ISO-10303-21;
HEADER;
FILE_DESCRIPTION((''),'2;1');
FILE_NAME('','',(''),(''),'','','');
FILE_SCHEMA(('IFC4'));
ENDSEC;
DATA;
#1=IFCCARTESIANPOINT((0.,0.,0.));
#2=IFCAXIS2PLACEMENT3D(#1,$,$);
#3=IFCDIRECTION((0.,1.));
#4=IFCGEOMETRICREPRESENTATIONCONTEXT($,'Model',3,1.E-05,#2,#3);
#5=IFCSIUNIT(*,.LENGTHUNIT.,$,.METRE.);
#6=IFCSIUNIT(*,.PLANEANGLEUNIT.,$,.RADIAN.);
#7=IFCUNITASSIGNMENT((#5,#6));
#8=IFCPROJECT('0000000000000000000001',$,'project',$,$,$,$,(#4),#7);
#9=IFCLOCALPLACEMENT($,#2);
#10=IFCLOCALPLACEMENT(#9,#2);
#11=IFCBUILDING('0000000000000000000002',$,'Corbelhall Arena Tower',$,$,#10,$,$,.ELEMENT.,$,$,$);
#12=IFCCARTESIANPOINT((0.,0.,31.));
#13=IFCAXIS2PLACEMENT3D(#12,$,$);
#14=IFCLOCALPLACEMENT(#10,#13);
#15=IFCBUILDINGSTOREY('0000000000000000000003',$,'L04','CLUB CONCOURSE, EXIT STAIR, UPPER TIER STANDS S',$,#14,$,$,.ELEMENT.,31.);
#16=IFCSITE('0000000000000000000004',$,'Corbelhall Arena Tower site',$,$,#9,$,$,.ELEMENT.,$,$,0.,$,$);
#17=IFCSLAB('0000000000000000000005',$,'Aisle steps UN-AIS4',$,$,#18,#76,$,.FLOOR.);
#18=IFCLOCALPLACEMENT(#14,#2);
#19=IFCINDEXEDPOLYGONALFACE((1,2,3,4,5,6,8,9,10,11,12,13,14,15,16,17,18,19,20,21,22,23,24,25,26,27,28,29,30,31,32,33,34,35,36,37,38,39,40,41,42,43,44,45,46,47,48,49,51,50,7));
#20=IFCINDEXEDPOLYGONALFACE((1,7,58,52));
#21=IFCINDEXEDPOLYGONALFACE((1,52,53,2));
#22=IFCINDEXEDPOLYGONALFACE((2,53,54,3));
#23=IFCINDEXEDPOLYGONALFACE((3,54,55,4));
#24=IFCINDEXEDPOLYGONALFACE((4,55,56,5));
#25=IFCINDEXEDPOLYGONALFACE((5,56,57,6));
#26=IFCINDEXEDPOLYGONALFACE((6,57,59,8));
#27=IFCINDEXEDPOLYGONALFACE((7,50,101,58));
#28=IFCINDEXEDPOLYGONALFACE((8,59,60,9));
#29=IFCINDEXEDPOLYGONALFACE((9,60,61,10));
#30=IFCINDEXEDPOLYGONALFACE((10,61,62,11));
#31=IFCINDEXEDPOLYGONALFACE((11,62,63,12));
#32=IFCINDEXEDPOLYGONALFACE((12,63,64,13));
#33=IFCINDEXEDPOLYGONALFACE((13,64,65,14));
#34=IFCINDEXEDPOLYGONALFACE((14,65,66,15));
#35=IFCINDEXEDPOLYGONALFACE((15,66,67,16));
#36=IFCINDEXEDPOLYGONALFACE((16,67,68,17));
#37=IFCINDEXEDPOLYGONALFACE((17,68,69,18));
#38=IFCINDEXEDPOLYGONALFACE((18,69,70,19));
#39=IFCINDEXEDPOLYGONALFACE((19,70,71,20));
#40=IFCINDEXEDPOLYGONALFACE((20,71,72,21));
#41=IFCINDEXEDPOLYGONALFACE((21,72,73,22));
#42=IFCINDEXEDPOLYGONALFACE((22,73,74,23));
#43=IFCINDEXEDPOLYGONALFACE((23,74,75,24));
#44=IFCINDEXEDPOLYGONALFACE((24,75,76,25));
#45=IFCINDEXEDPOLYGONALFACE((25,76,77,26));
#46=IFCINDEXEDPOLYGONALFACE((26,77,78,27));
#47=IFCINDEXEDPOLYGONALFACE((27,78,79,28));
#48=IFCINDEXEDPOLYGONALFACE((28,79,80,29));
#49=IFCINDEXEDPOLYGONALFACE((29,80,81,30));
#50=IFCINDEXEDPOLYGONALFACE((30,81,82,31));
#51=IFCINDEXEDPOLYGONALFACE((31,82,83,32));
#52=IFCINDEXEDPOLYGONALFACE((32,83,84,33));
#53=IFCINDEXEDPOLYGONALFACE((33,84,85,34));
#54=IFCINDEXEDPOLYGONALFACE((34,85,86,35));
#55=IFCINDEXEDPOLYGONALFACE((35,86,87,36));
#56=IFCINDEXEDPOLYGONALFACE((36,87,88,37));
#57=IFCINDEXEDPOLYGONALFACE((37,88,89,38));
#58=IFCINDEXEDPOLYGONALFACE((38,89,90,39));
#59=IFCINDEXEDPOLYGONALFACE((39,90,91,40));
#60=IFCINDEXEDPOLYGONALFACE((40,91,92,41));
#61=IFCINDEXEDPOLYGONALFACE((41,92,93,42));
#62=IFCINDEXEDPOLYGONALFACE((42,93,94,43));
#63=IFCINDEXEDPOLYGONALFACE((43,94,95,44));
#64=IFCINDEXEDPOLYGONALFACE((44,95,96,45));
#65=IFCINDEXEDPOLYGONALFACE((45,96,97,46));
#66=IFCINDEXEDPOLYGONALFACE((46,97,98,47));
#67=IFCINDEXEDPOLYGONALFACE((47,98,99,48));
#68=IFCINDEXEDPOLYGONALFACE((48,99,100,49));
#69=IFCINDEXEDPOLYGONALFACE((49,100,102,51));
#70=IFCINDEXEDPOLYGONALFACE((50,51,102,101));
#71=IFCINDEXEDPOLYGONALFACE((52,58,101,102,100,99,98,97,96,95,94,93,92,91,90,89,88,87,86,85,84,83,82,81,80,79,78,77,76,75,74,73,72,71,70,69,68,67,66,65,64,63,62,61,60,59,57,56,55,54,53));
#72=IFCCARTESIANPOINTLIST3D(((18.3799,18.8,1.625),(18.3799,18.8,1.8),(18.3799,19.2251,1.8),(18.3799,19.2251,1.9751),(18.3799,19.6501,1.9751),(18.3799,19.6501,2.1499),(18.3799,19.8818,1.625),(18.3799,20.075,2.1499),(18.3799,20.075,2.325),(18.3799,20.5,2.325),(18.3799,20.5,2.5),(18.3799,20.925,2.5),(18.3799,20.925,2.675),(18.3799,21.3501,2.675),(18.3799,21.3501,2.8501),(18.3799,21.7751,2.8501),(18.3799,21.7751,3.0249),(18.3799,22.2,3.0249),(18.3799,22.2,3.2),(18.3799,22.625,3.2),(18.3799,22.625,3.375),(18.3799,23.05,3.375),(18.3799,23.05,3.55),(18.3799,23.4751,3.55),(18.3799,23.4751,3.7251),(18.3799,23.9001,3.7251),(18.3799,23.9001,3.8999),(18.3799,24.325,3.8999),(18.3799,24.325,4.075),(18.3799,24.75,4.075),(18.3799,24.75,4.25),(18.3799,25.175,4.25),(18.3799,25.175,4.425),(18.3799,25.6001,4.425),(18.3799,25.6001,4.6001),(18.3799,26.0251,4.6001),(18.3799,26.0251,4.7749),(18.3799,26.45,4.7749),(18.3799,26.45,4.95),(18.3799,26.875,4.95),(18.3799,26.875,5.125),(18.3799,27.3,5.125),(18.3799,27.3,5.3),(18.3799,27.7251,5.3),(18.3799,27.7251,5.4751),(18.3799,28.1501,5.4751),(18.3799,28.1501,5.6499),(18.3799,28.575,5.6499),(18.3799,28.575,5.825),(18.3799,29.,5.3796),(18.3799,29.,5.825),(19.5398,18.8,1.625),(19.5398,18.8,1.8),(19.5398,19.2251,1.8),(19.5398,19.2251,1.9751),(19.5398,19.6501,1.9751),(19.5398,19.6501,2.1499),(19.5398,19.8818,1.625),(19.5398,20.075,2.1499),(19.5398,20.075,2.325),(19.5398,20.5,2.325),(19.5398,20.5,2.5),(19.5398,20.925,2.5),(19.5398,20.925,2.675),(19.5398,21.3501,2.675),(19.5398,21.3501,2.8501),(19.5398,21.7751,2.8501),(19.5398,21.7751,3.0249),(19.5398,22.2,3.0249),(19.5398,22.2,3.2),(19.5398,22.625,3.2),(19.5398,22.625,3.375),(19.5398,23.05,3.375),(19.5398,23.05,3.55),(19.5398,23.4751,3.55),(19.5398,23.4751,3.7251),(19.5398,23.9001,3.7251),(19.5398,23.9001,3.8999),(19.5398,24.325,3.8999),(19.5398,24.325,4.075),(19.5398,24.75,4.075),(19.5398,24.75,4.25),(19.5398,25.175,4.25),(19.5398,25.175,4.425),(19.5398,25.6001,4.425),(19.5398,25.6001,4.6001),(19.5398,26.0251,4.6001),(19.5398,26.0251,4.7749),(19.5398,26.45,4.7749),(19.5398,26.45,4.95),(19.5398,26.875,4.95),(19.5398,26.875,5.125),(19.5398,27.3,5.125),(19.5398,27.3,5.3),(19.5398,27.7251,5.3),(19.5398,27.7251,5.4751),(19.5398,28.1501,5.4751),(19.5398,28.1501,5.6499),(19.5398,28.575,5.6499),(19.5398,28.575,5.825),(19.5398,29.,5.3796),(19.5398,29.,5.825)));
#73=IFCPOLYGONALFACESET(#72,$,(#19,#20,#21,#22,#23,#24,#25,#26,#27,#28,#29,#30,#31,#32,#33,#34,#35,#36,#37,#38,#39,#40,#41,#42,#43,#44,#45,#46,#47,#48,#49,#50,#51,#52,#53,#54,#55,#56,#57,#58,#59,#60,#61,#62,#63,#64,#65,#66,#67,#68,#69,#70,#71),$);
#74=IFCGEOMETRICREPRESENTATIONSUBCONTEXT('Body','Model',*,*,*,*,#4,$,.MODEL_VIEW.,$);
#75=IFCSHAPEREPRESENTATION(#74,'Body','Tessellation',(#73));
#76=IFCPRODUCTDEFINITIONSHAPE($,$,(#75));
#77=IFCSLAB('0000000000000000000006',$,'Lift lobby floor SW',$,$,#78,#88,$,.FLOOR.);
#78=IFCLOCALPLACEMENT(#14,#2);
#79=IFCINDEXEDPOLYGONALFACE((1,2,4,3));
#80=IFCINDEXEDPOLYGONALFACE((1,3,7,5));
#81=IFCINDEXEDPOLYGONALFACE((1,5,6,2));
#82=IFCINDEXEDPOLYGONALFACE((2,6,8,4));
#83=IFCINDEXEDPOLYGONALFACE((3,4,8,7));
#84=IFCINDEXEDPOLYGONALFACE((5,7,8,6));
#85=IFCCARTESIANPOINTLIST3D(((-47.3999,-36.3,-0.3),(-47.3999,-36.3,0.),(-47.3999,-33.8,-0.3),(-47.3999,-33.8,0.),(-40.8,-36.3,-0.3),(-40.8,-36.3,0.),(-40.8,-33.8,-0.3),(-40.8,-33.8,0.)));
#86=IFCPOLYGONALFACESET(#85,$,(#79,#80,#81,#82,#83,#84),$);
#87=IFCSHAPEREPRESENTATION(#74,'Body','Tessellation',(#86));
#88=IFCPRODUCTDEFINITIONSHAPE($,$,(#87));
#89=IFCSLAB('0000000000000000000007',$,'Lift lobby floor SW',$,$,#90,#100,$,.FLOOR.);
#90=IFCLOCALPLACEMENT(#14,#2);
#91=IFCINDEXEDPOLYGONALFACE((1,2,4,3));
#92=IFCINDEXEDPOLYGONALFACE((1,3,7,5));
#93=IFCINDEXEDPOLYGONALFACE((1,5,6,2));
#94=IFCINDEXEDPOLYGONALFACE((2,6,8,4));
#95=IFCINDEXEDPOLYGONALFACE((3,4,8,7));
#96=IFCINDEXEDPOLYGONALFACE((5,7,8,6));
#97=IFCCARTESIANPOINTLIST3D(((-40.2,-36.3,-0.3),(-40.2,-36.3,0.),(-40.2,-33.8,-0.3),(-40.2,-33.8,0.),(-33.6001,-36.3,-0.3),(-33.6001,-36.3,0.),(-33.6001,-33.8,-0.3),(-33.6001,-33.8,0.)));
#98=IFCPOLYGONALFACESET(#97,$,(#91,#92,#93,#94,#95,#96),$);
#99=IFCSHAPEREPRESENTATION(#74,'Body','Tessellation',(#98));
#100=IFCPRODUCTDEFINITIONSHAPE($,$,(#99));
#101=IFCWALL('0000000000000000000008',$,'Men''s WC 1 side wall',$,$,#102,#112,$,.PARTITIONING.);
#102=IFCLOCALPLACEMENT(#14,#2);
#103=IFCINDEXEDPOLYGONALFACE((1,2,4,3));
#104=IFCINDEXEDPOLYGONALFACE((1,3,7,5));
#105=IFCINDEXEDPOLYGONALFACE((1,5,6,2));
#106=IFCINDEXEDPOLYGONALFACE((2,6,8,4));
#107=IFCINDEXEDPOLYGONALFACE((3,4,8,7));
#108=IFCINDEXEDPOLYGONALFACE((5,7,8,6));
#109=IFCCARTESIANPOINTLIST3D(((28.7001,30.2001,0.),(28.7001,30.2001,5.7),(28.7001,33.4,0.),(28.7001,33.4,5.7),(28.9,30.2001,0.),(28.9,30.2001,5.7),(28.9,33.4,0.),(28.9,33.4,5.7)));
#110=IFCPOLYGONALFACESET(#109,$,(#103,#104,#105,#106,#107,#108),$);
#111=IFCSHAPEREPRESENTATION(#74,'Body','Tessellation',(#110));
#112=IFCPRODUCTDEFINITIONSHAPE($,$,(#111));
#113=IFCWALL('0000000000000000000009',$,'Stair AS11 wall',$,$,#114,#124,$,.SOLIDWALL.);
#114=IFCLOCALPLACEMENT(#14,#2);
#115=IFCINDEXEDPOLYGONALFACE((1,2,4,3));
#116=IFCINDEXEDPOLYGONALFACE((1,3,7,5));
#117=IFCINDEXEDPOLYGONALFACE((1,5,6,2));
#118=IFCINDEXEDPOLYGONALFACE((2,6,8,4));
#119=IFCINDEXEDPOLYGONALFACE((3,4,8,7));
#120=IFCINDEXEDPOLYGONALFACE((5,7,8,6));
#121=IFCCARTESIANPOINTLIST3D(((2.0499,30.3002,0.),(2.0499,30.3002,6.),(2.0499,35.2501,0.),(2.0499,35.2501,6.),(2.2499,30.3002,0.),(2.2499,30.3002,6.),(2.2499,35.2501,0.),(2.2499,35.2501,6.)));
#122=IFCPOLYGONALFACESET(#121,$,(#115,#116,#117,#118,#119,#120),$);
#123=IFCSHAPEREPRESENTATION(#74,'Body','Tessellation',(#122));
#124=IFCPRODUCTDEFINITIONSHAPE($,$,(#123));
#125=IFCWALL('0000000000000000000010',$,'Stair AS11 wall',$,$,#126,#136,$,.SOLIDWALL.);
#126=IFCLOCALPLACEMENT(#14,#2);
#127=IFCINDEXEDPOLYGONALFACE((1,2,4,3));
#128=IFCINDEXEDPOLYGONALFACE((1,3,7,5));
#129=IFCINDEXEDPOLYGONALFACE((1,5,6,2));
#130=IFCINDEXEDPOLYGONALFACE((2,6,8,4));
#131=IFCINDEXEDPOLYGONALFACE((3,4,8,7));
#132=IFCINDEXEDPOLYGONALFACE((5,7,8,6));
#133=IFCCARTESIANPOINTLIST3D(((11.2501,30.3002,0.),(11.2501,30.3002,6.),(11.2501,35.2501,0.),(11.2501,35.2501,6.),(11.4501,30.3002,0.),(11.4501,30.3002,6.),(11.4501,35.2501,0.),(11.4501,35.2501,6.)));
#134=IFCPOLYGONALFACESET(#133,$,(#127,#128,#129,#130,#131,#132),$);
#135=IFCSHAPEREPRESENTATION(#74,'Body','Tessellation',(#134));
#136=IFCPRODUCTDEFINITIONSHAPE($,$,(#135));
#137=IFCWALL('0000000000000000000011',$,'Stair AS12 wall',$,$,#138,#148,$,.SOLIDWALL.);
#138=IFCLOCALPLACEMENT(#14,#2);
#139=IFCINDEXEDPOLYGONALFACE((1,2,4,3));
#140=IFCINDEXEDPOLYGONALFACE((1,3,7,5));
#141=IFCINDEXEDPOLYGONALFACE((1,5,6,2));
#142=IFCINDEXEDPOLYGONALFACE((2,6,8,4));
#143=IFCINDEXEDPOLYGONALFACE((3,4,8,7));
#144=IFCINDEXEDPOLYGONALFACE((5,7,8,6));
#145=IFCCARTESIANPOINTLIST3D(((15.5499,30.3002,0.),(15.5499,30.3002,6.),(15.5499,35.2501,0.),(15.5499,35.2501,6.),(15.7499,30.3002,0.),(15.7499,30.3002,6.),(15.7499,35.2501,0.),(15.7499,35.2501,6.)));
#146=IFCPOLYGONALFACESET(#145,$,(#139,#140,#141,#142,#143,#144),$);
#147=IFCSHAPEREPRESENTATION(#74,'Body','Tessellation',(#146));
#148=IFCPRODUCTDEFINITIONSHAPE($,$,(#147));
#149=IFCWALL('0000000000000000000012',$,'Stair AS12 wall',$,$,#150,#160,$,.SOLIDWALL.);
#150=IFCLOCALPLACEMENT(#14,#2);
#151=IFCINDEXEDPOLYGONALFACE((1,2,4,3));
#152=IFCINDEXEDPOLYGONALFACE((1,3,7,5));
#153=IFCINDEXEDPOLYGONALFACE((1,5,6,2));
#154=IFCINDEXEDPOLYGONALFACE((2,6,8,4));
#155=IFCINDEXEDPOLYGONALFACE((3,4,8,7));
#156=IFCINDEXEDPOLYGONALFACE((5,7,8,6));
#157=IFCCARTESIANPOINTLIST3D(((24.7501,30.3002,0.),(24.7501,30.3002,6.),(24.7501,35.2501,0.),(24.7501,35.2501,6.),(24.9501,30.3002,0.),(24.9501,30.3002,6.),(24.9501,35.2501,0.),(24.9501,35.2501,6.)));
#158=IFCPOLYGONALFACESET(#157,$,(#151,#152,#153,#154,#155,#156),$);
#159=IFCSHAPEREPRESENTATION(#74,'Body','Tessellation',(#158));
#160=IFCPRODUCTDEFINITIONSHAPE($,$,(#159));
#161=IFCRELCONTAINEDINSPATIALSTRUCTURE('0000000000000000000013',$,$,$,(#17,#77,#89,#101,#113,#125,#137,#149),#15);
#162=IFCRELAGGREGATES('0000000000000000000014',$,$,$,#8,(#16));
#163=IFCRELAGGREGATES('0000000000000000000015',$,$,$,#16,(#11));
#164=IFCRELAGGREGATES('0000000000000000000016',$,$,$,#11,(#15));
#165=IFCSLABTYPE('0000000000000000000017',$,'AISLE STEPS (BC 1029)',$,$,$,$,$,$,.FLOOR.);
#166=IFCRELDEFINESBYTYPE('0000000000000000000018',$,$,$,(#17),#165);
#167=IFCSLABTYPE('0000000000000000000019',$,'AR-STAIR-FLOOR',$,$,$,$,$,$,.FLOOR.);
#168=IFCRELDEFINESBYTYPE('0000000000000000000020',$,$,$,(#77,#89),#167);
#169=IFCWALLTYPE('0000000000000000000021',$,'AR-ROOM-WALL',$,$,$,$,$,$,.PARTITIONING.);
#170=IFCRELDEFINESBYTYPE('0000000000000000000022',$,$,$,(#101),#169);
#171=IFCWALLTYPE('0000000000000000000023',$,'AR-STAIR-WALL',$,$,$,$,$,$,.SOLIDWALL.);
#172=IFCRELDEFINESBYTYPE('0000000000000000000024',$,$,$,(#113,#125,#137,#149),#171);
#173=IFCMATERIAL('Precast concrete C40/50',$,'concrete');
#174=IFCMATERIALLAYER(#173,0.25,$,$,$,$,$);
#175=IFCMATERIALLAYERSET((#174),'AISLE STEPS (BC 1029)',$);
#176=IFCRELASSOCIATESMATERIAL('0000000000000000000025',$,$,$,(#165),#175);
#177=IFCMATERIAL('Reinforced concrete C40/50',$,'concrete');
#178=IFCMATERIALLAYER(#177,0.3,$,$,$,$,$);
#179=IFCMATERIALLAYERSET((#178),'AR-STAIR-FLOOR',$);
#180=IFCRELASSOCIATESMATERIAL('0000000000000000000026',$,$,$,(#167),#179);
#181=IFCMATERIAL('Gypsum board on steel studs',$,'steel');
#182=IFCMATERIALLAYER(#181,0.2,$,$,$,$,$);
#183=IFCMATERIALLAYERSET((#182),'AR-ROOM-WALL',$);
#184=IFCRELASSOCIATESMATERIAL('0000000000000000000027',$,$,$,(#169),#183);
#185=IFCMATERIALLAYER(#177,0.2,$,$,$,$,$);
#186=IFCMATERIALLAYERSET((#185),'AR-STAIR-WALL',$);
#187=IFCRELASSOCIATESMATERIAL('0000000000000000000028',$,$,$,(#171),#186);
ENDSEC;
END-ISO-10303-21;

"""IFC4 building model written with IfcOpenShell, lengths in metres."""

from ifc_helpers import new_model, si_unit, direction, frame, frame_2d, origin, place, context, subcontext, project, spatial, polyline, rectangle, outline, extrude, material, layer, layer_set, type_object, element, save


model = new_model("IFC4")

# Units and contexts
model_context = context("Model", 3, precision=1e-05, world=origin(), true_north=direction((0.0, 1.0)))
body_context = subcontext(model_context, "Body", "Model", "MODEL_VIEW")
ifc_project = project(units=[si_unit("LENGTHUNIT", "METRE"), si_unit("PLANEANGLEUNIT", "RADIAN")], contexts=[model_context])

# Site, building, storey
site_placement = place(None, origin())
site = spatial("IfcSite", under=ifc_project, at=site_placement, Name="Corbelhall Arena Tower site", CompositionType="ELEMENT", RefElevation=0.0)
building_placement = place(site_placement, origin())
building = spatial("IfcBuilding", under=site, at=building_placement, Name="Corbelhall Arena Tower", CompositionType="ELEMENT")
storey_placement = place(building_placement, frame((0.0, 0.0, 31.0)))
storey = spatial("IfcBuildingStorey", under=building, at=storey_placement, Name="L04", Description="CLUB CONCOURSE, EXIT STAIR, UPPER TIER STANDS S", CompositionType="ELEMENT", Elevation=31.0)

# Slabs
ifc_material_1 = material(Name="Precast concrete C40/50", Category="concrete")
ifc_layer_1 = layer(ifc_material_1, 0.25)
ifc_layer_set_1 = layer_set([ifc_layer_1], Name="AISLE STEPS (BC 1029)")
slab_type_1 = type_object("IfcSlabType", Name="AISLE STEPS (BC 1029)", PredefinedType="FLOOR", material=ifc_layer_set_1)
for number, where, z_axis, x_axis, name in (
    (1, (18.96, 18.8, 1.625), (0.0, 0.0, 1.0), (0.0, 1.0, 0.0), "Aisle steps UN-AIS4"),
):
    element("IfcSlab", number, at=place(storey_placement, frame(where, z_axis=z_axis, x_axis=x_axis)), inside=storey, type_object=slab_type_1, Name=name, PredefinedType="FLOOR", context=body_context, shape_type="SweptSolid", body=[
        extrude(outline(polyline([(0.0, 0.0), (0.0, 0.175), (0.425, 0.175), (0.425, 0.3501), (0.8501, 0.3501), (0.8501, 0.5249), (1.2749, 0.5249), (1.2749, 0.7), (1.7, 0.7), (1.7, 0.875), (2.125, 0.875), (2.125, 1.05), (2.55, 1.05), (2.55, 1.2251), (2.9751, 1.2251), (2.9751, 1.3999), (3.3999, 1.3999), (3.3999, 1.575), (3.825, 1.575), (3.825, 1.75), (4.25, 1.75), (4.25, 1.925), (4.675, 1.925), (4.675, 2.1001), (5.1001, 2.1001), (5.1001, 2.2749), (5.5249, 2.2749), (5.5249, 2.45), (5.95, 2.45), (5.95, 2.625), (6.375, 2.625), (6.375, 2.8), (6.8, 2.8), (6.8, 2.9751), (7.2251, 2.9751), (7.2251, 3.1499), (7.6499, 3.1499), (7.6499, 3.325), (8.075, 3.325), (8.075, 3.5), (8.5, 3.5), (8.5, 3.675), (8.925, 3.675), (8.925, 3.8501), (9.3501, 3.8501), (9.3501, 4.0249), (9.7749, 4.0249), (9.7749, 4.2), (10.2, 4.2), (10.2, 4.375), (10.2, 3.7546), (1.0818, 0.0), (0.0, 0.0)])), frame((0.0, 0.5801, 0.0), z_axis=(0.0, -1.0, 0.0), x_axis=(1.0, 0.0, 0.0)), (0.0, 0.0, 1.0), 1.1599),
    ])
ifc_material_2 = material(Name="Reinforced concrete C40/50", Category="concrete")
ifc_layer_2 = layer(ifc_material_2, 0.3)
ifc_layer_set_2 = layer_set([ifc_layer_2], Name="AR-STAIR-FLOOR")
slab_type_2 = type_object("IfcSlabType", Name="AR-STAIR-FLOOR", PredefinedType="FLOOR", material=ifc_layer_set_2)
slab_1_placement = place(storey_placement, frame((0.0, 0.0, -0.3)))
element("IfcSlab", 2, at=slab_1_placement, inside=storey, type_object=slab_type_2, Name="Lift lobby floor SW", PredefinedType="FLOOR", context=body_context, shape_type="SweptSolid", body=[
    extrude(outline(polyline([(-40.8, -36.3), (-40.8, -33.8), (-47.3999, -33.8), (-47.3999, -36.3), (-40.8, -36.3)])), origin(), (0.0, 0.0, 1.0), 0.3),
])
slab_2_placement = place(storey_placement, frame((0.0, 0.0, -0.3)))
element("IfcSlab", 3, at=slab_2_placement, inside=storey, type_object=slab_type_2, Name="Lift lobby floor SW", PredefinedType="FLOOR", context=body_context, shape_type="SweptSolid", body=[
    extrude(outline(polyline([(-33.6001, -36.3), (-33.6001, -33.8), (-40.2, -33.8), (-40.2, -36.3), (-33.6001, -36.3)])), origin(), (0.0, 0.0, 1.0), 0.3),
])

# Shared definitions
ifc_material_3 = material(Name="Gypsum board on steel studs", Category="steel")
ifc_layer_3 = layer(ifc_material_3, 0.2)
ifc_layer_set_3 = layer_set([ifc_layer_3], Name="AR-ROOM-WALL")
wall_type_1 = type_object("IfcWallType", Name="AR-ROOM-WALL", PredefinedType="PARTITIONING", material=ifc_layer_set_3)

# Wall
wall_1_placement = place(storey_placement, frame((28.8, 30.2, 0.0), z_axis=(0.0, 0.0, 1.0), x_axis=(0.0, 1.0, 0.0)))
element("IfcWall", 4, at=wall_1_placement, inside=storey, type_object=wall_type_1, Name="Men's WC 1 side wall", PredefinedType="PARTITIONING", context=body_context, shape_type="SweptSolid", body=[
    extrude(rectangle(XDim=3.2, YDim=0.2, at=frame_2d((1.6001, 0.0))), origin(), (0.0, 0.0, 1.0), 5.7),
])

# Shared definitions
ifc_layer_4 = layer(ifc_material_2, 0.2)
ifc_layer_set_4 = layer_set([ifc_layer_4], Name="AR-STAIR-WALL")
wall_type_2 = type_object("IfcWallType", Name="AR-STAIR-WALL", PredefinedType="SOLIDWALL", material=ifc_layer_set_4)

# Walls
for number, where, z_axis, x_axis, name in (
    (5, (2.1499, 30.3, 0.0), (0.0, 0.0, 1.0), (0.0, 1.0, 0.0), "Stair AS11 wall"),
    (6, (11.3501, 30.3, 0.0), (0.0, 0.0, 1.0), (0.0, 1.0, 0.0), "Stair AS11 wall"),
):
    element("IfcWall", number, at=place(storey_placement, frame(where, z_axis=z_axis, x_axis=x_axis)), inside=storey, type_object=wall_type_2, Name=name, PredefinedType="SOLIDWALL", context=body_context, shape_type="SweptSolid", body=[
        extrude(rectangle(XDim=4.95, YDim=0.2, at=frame_2d((2.4751, 0.0))), origin(), (0.0, 0.0, 1.0), 6.0),
    ])

# Walls
for number, where, z_axis, x_axis, name in (
    (7, (15.6499, 30.3, 0.0), (0.0, 0.0, 1.0), (0.0, 1.0, 0.0), "Stair AS12 wall"),
    (8, (24.8501, 30.3, 0.0), (0.0, 0.0, 1.0), (0.0, 1.0, 0.0), "Stair AS12 wall"),
):
    element("IfcWall", number, at=place(storey_placement, frame(where, z_axis=z_axis, x_axis=x_axis)), inside=storey, type_object=wall_type_2, Name=name, PredefinedType="SOLIDWALL", context=body_context, shape_type="SweptSolid", body=[
        extrude(rectangle(XDim=4.95, YDim=0.2, at=frame_2d((2.4751, 0.0))), origin(), (0.0, 0.0, 1.0), 6.0),
    ])

save(model, "model.ifc")
